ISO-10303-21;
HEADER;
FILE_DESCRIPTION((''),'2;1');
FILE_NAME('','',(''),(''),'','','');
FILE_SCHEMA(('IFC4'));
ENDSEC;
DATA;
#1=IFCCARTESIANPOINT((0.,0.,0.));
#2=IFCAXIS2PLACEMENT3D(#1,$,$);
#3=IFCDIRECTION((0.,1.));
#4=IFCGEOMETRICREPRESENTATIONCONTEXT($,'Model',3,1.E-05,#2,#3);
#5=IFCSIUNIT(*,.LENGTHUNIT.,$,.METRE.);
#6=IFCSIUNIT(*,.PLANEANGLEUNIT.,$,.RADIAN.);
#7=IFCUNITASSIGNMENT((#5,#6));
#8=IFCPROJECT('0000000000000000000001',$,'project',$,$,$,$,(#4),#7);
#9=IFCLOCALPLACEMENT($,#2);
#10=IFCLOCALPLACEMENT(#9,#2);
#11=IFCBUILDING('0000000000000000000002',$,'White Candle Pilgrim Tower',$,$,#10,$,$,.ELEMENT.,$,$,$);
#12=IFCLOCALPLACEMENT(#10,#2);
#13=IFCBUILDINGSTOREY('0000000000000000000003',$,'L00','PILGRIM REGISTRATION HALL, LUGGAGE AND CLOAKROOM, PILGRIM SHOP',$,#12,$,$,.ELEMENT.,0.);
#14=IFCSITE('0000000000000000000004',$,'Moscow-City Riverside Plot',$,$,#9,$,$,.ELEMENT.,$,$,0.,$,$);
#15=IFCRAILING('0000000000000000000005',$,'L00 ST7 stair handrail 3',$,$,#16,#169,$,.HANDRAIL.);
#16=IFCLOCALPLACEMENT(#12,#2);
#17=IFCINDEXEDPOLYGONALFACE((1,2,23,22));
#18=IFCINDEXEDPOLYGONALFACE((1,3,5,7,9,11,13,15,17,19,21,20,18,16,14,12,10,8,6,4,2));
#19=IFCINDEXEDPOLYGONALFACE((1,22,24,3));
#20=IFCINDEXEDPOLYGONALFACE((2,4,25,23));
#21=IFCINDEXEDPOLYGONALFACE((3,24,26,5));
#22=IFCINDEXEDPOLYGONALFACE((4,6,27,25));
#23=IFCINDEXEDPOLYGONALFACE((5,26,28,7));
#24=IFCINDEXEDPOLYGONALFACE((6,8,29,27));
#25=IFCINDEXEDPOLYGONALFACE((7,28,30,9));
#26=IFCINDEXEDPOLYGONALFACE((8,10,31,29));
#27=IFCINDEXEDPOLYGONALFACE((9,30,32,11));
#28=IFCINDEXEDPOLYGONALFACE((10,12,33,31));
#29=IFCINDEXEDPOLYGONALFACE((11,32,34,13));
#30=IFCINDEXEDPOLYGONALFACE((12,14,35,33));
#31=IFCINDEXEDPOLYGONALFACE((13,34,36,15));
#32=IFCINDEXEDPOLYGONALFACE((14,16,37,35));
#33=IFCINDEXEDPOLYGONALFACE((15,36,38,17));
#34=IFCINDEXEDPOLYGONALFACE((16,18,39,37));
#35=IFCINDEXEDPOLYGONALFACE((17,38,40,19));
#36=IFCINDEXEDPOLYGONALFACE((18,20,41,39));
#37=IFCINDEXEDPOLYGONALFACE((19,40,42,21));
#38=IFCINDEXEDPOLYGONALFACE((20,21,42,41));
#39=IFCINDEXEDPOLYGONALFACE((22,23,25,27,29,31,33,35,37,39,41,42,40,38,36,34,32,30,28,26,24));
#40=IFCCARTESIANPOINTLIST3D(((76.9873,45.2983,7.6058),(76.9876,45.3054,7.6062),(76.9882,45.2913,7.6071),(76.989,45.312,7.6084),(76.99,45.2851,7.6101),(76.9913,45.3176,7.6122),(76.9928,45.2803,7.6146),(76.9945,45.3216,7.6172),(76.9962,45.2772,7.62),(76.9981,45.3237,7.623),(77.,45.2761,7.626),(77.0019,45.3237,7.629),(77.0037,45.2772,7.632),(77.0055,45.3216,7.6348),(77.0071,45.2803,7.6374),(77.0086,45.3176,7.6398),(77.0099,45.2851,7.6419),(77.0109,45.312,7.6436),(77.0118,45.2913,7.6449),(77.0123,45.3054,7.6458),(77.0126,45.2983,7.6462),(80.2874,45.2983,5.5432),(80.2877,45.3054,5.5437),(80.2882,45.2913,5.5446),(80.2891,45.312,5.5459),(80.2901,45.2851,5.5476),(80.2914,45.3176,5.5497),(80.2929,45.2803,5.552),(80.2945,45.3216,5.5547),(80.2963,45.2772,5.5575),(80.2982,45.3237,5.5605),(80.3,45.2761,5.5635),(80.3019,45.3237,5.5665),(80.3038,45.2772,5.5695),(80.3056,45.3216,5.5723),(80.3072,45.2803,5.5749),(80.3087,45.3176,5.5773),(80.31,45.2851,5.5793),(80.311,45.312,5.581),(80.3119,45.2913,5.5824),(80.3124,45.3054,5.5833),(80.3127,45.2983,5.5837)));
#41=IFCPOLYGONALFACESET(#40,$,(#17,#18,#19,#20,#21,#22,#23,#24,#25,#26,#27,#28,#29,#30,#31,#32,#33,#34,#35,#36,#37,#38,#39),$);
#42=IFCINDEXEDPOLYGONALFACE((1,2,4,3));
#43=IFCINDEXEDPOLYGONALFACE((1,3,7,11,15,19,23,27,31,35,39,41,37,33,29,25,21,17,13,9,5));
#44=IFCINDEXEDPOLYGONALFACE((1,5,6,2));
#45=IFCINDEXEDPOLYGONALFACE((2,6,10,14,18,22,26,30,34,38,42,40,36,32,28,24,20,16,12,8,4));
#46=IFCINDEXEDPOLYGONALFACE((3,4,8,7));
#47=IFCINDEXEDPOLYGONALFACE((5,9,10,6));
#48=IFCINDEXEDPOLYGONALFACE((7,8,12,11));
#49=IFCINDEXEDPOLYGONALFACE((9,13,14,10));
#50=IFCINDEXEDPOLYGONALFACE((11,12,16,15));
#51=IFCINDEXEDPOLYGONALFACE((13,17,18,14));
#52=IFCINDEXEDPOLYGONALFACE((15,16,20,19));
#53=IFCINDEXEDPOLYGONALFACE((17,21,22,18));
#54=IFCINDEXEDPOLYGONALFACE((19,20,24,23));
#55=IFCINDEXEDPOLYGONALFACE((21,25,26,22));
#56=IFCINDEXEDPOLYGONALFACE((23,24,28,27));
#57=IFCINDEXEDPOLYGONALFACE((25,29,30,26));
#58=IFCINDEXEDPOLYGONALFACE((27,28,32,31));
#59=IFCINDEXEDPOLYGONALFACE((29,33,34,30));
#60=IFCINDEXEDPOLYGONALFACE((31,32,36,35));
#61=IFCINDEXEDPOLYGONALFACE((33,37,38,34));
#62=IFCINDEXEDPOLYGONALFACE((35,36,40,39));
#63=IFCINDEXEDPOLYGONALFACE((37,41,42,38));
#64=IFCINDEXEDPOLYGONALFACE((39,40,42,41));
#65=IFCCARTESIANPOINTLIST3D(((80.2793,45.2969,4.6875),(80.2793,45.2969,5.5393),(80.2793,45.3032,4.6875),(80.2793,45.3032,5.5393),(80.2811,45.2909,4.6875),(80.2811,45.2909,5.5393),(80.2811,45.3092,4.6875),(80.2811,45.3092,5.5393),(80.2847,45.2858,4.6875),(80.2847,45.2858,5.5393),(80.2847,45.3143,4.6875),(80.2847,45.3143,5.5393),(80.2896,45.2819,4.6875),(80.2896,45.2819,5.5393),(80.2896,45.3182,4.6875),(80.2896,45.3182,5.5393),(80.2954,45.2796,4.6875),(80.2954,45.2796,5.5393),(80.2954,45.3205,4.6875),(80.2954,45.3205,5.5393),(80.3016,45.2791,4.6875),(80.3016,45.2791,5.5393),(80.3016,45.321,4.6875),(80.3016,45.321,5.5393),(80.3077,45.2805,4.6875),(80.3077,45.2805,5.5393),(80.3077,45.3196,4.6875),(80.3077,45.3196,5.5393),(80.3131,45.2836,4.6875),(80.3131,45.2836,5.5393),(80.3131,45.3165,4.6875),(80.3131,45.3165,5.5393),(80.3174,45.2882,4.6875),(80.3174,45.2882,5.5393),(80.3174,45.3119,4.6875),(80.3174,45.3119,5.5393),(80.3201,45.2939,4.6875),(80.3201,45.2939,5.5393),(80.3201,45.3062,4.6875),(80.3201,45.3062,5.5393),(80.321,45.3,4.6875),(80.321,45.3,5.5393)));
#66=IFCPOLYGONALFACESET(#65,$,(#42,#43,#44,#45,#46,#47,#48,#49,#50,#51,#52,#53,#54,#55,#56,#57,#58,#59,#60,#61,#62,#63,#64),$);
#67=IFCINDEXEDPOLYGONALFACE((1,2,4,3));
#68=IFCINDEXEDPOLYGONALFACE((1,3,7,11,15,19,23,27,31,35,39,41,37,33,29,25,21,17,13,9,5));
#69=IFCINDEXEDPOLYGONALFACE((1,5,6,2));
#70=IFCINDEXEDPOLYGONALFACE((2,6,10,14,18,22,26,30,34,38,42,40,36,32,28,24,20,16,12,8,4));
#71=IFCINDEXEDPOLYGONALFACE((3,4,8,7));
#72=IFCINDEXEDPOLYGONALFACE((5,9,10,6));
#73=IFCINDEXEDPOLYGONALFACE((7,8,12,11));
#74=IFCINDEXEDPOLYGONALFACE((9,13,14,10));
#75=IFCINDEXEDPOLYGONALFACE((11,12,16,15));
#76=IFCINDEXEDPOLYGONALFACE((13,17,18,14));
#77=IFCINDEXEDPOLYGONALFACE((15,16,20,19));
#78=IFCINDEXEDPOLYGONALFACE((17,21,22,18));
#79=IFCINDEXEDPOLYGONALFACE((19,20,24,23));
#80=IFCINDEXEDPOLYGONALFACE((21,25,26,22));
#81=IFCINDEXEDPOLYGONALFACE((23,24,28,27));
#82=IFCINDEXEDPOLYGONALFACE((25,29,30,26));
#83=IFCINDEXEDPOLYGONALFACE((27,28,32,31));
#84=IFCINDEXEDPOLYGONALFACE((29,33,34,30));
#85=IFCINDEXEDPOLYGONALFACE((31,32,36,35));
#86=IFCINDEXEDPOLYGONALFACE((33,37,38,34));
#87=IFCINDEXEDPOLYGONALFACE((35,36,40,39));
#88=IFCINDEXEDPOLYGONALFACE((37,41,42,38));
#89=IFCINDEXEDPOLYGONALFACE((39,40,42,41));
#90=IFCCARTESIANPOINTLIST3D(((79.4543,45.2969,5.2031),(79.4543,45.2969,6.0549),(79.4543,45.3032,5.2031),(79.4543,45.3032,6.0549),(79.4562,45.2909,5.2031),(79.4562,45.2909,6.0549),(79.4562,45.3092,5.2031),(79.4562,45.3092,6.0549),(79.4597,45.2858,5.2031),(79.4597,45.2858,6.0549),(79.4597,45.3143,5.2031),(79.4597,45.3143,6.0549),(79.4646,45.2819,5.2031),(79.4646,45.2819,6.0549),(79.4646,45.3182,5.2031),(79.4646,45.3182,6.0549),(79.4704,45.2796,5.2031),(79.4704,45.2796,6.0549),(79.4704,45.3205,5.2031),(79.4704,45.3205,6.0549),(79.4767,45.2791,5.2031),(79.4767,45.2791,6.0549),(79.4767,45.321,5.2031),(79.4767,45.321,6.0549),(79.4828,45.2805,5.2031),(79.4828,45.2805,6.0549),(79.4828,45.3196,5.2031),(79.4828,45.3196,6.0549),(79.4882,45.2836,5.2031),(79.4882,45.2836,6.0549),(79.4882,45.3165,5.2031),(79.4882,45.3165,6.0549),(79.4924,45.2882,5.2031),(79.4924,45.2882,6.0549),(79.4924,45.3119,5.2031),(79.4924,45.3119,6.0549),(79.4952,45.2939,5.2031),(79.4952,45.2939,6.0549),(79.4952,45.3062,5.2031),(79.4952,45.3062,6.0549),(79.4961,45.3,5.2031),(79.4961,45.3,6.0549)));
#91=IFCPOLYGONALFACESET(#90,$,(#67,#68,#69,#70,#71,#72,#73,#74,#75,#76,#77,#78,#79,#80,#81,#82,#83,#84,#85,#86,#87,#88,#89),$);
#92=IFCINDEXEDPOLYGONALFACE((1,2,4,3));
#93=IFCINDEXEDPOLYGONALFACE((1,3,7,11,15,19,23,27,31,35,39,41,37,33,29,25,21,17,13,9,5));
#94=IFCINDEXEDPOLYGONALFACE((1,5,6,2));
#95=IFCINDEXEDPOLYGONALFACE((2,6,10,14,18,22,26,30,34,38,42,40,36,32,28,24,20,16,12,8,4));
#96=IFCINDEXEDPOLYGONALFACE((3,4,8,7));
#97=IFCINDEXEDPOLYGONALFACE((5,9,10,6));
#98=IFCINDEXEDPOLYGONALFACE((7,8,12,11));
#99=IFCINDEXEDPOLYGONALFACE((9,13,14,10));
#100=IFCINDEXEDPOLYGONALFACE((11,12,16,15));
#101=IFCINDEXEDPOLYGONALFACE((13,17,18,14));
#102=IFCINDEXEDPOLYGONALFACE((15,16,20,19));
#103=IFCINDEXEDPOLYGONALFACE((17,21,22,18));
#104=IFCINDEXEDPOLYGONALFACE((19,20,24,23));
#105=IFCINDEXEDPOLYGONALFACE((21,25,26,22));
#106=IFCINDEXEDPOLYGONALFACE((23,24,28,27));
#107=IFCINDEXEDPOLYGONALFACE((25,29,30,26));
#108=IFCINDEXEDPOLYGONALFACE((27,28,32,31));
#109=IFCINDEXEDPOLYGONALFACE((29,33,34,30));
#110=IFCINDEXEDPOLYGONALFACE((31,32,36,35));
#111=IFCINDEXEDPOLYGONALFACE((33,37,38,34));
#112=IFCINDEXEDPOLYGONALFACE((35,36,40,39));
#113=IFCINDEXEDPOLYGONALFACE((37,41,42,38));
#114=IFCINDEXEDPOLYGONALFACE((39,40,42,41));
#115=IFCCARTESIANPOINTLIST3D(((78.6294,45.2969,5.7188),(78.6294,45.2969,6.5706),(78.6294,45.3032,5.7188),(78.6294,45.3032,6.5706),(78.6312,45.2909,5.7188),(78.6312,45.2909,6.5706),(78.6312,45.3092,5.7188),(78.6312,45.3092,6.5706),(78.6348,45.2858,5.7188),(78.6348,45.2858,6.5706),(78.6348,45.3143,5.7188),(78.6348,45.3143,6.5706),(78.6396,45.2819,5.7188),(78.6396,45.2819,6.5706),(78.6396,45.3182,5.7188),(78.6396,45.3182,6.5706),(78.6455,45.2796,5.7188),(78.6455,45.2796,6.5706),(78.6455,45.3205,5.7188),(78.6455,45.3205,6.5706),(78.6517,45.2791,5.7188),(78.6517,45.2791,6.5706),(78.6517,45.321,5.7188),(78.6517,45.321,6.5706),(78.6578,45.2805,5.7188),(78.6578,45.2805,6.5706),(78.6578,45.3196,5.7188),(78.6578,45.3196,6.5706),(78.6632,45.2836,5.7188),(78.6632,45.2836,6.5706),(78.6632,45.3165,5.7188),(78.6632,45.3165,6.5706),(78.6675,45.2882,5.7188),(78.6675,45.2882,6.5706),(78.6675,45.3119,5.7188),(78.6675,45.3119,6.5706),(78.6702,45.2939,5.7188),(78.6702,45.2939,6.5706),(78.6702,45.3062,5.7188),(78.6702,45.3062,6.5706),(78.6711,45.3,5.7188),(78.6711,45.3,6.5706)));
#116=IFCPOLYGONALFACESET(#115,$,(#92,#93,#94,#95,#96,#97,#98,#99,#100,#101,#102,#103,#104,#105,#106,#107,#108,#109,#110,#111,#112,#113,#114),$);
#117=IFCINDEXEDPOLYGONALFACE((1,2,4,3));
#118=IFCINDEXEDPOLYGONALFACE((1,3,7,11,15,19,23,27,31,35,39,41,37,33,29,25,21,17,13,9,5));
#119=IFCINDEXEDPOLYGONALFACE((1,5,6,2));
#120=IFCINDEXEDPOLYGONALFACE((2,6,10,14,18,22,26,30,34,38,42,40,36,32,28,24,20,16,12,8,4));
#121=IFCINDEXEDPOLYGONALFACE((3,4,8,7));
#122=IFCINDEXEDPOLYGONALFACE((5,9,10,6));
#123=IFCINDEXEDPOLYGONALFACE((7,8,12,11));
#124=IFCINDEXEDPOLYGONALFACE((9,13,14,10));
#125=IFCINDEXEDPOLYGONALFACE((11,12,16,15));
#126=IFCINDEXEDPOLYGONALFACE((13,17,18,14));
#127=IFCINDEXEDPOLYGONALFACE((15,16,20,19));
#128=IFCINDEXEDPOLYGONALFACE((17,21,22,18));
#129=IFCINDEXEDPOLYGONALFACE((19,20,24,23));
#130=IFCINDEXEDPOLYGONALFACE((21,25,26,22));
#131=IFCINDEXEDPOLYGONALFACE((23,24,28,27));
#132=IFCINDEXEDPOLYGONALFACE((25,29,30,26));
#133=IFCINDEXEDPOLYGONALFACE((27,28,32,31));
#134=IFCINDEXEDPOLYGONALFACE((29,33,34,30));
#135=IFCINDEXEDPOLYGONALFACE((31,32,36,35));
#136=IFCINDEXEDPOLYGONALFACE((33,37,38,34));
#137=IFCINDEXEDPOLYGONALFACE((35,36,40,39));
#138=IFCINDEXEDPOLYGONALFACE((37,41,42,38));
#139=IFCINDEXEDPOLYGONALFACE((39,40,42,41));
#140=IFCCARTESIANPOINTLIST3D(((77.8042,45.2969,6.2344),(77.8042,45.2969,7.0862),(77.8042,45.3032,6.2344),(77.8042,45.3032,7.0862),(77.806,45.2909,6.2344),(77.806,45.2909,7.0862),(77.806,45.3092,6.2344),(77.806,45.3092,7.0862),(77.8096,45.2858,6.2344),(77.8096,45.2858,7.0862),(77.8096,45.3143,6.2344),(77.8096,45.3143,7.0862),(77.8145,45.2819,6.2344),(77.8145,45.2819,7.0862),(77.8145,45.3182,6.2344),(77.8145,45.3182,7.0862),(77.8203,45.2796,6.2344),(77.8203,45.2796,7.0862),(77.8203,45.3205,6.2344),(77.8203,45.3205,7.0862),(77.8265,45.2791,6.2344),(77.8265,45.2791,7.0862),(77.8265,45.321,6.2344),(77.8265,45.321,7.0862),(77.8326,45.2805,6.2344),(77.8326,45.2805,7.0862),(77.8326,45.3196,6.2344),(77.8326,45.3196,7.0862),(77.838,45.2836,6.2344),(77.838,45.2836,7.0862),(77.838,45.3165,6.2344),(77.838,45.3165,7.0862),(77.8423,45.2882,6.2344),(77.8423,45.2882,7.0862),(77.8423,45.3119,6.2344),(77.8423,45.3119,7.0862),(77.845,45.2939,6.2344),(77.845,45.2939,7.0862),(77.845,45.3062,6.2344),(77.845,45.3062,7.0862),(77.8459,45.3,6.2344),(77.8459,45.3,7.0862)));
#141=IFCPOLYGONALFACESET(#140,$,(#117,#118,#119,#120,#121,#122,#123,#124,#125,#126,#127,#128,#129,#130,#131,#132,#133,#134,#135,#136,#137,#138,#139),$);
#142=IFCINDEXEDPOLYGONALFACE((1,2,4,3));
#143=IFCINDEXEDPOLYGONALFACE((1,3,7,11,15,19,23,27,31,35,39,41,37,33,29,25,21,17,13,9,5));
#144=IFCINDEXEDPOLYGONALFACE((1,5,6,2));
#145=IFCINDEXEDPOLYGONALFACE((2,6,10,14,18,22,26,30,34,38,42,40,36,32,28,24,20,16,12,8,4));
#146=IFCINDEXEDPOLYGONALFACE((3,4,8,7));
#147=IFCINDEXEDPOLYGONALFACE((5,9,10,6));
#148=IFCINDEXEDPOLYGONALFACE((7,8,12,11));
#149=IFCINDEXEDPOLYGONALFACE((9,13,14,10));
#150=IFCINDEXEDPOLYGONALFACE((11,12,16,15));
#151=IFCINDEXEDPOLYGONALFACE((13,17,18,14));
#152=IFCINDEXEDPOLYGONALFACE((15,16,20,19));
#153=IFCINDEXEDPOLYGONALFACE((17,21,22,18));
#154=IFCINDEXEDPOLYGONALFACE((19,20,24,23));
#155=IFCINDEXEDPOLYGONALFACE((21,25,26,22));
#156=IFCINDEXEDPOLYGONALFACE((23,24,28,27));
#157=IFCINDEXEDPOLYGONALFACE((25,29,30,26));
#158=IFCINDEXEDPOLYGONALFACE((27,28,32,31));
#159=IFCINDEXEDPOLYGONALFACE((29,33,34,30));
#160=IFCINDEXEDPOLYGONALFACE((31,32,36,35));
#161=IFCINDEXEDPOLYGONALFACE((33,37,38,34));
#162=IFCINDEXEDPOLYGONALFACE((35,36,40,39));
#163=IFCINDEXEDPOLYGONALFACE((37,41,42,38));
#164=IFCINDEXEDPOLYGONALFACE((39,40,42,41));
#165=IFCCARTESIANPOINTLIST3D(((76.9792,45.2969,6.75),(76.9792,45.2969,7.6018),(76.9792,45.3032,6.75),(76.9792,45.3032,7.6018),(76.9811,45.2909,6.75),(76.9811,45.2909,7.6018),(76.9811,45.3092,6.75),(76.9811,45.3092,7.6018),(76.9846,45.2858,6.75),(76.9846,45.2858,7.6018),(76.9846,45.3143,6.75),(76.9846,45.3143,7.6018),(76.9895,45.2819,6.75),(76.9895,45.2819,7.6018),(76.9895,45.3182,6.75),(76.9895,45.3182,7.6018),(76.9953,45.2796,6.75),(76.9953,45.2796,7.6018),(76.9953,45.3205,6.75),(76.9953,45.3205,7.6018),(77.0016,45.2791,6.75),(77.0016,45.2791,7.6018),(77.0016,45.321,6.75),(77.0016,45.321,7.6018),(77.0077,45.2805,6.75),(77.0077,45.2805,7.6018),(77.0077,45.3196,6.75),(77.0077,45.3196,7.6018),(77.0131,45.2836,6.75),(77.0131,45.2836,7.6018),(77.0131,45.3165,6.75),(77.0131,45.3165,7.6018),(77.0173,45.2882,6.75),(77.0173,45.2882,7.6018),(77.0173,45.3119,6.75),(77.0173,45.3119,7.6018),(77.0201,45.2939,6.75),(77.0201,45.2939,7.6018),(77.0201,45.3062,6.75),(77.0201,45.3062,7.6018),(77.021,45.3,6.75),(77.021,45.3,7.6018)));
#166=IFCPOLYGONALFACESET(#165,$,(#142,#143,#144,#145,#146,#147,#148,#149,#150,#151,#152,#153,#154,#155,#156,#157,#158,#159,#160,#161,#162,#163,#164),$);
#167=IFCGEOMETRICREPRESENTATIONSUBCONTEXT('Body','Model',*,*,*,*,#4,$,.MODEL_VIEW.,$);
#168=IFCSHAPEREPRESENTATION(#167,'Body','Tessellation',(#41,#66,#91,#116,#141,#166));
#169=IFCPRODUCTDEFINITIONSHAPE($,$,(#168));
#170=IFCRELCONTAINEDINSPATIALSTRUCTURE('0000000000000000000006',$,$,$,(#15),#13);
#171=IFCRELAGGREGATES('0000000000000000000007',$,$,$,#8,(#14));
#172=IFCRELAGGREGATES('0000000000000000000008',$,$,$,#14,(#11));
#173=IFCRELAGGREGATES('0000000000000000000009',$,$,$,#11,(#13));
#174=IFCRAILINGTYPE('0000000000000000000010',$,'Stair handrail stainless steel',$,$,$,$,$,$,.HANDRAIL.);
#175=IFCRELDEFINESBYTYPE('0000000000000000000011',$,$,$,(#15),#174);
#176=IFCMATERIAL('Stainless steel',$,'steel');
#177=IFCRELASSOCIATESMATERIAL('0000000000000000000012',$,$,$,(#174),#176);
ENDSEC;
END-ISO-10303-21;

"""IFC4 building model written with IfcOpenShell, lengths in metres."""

from ifc_helpers import new_model, si_unit, direction, frame, origin, origin_2d, place, context, subcontext, project, spatial, circle, extrude, material, type_object, element, save


model = new_model("IFC4")

# Units and contexts
model_context = context("Model", 3, precision=1e-05, world=origin(), true_north=direction((0.0, 1.0)))
body_context = subcontext(model_context, "Body", "Model", "MODEL_VIEW")
ifc_project = project(units=[si_unit("LENGTHUNIT", "METRE"), si_unit("PLANEANGLEUNIT", "RADIAN")], contexts=[model_context])

# Site, building, storey
site_placement = place(None, origin())
site = spatial("IfcSite", under=ifc_project, at=site_placement, Name="Moscow-City Riverside Plot", CompositionType="ELEMENT", RefElevation=0.0)
building_placement = place(site_placement, origin())
building = spatial("IfcBuilding", under=site, at=building_placement, Name="White Candle Pilgrim Tower", CompositionType="ELEMENT")
storey_placement = place(building_placement, origin())
storey = spatial("IfcBuildingStorey", under=building, at=storey_placement, Name="L00", Description="PILGRIM REGISTRATION HALL, LUGGAGE AND CLOAKROOM, PILGRIM SHOP", CompositionType="ELEMENT", Elevation=0.0)

# Railing
ifc_material_1 = material(Name="Stainless steel", Category="steel")
railing_type_1 = type_object("IfcRailingType", Name="Stair handrail stainless steel", PredefinedType="HANDRAIL", material=ifc_material_1)
for number, where, name in (
    (1, (80.3, 45.3, 4.6875), "L00 ST7 stair handrail 3"),
):
    element("IfcRailing", number, at=place(storey_placement, frame(where)), inside=storey, type_object=railing_type_1, Name=name, PredefinedType="HANDRAIL", context=body_context, shape_type="SweptSolid", body=[
        extrude(circle(Radius=0.0239, at=origin_2d()), frame((0.0, 0.0, 0.876), z_axis=(-0.848002, 0.0, 0.529993), x_axis=(0.0, -1.0, 0.0)), (0.0, 0.0, 1.0), 3.8916),
        extrude(circle(Radius=0.021, at=origin_2d()), origin(), (0.0, 0.0, 1.0), 0.8518),
        extrude(circle(Radius=0.021, at=origin_2d()), frame((-0.825, 0.0, 0.5156)), (0.0, 0.0, 1.0), 0.8518),
        extrude(circle(Radius=0.021, at=origin_2d()), frame((-1.6499, 0.0, 1.0312)), (0.0, 0.0, 1.0), 0.8518),
        extrude(circle(Radius=0.021, at=origin_2d()), frame((-2.4751, 0.0, 1.5469)), (0.0, 0.0, 1.0), 0.8518),
        extrude(circle(Radius=0.021, at=origin_2d()), frame((-3.3, 0.0, 2.0625)), (0.0, 0.0, 1.0), 0.8518),
    ])

save(model, "model.ifc")
